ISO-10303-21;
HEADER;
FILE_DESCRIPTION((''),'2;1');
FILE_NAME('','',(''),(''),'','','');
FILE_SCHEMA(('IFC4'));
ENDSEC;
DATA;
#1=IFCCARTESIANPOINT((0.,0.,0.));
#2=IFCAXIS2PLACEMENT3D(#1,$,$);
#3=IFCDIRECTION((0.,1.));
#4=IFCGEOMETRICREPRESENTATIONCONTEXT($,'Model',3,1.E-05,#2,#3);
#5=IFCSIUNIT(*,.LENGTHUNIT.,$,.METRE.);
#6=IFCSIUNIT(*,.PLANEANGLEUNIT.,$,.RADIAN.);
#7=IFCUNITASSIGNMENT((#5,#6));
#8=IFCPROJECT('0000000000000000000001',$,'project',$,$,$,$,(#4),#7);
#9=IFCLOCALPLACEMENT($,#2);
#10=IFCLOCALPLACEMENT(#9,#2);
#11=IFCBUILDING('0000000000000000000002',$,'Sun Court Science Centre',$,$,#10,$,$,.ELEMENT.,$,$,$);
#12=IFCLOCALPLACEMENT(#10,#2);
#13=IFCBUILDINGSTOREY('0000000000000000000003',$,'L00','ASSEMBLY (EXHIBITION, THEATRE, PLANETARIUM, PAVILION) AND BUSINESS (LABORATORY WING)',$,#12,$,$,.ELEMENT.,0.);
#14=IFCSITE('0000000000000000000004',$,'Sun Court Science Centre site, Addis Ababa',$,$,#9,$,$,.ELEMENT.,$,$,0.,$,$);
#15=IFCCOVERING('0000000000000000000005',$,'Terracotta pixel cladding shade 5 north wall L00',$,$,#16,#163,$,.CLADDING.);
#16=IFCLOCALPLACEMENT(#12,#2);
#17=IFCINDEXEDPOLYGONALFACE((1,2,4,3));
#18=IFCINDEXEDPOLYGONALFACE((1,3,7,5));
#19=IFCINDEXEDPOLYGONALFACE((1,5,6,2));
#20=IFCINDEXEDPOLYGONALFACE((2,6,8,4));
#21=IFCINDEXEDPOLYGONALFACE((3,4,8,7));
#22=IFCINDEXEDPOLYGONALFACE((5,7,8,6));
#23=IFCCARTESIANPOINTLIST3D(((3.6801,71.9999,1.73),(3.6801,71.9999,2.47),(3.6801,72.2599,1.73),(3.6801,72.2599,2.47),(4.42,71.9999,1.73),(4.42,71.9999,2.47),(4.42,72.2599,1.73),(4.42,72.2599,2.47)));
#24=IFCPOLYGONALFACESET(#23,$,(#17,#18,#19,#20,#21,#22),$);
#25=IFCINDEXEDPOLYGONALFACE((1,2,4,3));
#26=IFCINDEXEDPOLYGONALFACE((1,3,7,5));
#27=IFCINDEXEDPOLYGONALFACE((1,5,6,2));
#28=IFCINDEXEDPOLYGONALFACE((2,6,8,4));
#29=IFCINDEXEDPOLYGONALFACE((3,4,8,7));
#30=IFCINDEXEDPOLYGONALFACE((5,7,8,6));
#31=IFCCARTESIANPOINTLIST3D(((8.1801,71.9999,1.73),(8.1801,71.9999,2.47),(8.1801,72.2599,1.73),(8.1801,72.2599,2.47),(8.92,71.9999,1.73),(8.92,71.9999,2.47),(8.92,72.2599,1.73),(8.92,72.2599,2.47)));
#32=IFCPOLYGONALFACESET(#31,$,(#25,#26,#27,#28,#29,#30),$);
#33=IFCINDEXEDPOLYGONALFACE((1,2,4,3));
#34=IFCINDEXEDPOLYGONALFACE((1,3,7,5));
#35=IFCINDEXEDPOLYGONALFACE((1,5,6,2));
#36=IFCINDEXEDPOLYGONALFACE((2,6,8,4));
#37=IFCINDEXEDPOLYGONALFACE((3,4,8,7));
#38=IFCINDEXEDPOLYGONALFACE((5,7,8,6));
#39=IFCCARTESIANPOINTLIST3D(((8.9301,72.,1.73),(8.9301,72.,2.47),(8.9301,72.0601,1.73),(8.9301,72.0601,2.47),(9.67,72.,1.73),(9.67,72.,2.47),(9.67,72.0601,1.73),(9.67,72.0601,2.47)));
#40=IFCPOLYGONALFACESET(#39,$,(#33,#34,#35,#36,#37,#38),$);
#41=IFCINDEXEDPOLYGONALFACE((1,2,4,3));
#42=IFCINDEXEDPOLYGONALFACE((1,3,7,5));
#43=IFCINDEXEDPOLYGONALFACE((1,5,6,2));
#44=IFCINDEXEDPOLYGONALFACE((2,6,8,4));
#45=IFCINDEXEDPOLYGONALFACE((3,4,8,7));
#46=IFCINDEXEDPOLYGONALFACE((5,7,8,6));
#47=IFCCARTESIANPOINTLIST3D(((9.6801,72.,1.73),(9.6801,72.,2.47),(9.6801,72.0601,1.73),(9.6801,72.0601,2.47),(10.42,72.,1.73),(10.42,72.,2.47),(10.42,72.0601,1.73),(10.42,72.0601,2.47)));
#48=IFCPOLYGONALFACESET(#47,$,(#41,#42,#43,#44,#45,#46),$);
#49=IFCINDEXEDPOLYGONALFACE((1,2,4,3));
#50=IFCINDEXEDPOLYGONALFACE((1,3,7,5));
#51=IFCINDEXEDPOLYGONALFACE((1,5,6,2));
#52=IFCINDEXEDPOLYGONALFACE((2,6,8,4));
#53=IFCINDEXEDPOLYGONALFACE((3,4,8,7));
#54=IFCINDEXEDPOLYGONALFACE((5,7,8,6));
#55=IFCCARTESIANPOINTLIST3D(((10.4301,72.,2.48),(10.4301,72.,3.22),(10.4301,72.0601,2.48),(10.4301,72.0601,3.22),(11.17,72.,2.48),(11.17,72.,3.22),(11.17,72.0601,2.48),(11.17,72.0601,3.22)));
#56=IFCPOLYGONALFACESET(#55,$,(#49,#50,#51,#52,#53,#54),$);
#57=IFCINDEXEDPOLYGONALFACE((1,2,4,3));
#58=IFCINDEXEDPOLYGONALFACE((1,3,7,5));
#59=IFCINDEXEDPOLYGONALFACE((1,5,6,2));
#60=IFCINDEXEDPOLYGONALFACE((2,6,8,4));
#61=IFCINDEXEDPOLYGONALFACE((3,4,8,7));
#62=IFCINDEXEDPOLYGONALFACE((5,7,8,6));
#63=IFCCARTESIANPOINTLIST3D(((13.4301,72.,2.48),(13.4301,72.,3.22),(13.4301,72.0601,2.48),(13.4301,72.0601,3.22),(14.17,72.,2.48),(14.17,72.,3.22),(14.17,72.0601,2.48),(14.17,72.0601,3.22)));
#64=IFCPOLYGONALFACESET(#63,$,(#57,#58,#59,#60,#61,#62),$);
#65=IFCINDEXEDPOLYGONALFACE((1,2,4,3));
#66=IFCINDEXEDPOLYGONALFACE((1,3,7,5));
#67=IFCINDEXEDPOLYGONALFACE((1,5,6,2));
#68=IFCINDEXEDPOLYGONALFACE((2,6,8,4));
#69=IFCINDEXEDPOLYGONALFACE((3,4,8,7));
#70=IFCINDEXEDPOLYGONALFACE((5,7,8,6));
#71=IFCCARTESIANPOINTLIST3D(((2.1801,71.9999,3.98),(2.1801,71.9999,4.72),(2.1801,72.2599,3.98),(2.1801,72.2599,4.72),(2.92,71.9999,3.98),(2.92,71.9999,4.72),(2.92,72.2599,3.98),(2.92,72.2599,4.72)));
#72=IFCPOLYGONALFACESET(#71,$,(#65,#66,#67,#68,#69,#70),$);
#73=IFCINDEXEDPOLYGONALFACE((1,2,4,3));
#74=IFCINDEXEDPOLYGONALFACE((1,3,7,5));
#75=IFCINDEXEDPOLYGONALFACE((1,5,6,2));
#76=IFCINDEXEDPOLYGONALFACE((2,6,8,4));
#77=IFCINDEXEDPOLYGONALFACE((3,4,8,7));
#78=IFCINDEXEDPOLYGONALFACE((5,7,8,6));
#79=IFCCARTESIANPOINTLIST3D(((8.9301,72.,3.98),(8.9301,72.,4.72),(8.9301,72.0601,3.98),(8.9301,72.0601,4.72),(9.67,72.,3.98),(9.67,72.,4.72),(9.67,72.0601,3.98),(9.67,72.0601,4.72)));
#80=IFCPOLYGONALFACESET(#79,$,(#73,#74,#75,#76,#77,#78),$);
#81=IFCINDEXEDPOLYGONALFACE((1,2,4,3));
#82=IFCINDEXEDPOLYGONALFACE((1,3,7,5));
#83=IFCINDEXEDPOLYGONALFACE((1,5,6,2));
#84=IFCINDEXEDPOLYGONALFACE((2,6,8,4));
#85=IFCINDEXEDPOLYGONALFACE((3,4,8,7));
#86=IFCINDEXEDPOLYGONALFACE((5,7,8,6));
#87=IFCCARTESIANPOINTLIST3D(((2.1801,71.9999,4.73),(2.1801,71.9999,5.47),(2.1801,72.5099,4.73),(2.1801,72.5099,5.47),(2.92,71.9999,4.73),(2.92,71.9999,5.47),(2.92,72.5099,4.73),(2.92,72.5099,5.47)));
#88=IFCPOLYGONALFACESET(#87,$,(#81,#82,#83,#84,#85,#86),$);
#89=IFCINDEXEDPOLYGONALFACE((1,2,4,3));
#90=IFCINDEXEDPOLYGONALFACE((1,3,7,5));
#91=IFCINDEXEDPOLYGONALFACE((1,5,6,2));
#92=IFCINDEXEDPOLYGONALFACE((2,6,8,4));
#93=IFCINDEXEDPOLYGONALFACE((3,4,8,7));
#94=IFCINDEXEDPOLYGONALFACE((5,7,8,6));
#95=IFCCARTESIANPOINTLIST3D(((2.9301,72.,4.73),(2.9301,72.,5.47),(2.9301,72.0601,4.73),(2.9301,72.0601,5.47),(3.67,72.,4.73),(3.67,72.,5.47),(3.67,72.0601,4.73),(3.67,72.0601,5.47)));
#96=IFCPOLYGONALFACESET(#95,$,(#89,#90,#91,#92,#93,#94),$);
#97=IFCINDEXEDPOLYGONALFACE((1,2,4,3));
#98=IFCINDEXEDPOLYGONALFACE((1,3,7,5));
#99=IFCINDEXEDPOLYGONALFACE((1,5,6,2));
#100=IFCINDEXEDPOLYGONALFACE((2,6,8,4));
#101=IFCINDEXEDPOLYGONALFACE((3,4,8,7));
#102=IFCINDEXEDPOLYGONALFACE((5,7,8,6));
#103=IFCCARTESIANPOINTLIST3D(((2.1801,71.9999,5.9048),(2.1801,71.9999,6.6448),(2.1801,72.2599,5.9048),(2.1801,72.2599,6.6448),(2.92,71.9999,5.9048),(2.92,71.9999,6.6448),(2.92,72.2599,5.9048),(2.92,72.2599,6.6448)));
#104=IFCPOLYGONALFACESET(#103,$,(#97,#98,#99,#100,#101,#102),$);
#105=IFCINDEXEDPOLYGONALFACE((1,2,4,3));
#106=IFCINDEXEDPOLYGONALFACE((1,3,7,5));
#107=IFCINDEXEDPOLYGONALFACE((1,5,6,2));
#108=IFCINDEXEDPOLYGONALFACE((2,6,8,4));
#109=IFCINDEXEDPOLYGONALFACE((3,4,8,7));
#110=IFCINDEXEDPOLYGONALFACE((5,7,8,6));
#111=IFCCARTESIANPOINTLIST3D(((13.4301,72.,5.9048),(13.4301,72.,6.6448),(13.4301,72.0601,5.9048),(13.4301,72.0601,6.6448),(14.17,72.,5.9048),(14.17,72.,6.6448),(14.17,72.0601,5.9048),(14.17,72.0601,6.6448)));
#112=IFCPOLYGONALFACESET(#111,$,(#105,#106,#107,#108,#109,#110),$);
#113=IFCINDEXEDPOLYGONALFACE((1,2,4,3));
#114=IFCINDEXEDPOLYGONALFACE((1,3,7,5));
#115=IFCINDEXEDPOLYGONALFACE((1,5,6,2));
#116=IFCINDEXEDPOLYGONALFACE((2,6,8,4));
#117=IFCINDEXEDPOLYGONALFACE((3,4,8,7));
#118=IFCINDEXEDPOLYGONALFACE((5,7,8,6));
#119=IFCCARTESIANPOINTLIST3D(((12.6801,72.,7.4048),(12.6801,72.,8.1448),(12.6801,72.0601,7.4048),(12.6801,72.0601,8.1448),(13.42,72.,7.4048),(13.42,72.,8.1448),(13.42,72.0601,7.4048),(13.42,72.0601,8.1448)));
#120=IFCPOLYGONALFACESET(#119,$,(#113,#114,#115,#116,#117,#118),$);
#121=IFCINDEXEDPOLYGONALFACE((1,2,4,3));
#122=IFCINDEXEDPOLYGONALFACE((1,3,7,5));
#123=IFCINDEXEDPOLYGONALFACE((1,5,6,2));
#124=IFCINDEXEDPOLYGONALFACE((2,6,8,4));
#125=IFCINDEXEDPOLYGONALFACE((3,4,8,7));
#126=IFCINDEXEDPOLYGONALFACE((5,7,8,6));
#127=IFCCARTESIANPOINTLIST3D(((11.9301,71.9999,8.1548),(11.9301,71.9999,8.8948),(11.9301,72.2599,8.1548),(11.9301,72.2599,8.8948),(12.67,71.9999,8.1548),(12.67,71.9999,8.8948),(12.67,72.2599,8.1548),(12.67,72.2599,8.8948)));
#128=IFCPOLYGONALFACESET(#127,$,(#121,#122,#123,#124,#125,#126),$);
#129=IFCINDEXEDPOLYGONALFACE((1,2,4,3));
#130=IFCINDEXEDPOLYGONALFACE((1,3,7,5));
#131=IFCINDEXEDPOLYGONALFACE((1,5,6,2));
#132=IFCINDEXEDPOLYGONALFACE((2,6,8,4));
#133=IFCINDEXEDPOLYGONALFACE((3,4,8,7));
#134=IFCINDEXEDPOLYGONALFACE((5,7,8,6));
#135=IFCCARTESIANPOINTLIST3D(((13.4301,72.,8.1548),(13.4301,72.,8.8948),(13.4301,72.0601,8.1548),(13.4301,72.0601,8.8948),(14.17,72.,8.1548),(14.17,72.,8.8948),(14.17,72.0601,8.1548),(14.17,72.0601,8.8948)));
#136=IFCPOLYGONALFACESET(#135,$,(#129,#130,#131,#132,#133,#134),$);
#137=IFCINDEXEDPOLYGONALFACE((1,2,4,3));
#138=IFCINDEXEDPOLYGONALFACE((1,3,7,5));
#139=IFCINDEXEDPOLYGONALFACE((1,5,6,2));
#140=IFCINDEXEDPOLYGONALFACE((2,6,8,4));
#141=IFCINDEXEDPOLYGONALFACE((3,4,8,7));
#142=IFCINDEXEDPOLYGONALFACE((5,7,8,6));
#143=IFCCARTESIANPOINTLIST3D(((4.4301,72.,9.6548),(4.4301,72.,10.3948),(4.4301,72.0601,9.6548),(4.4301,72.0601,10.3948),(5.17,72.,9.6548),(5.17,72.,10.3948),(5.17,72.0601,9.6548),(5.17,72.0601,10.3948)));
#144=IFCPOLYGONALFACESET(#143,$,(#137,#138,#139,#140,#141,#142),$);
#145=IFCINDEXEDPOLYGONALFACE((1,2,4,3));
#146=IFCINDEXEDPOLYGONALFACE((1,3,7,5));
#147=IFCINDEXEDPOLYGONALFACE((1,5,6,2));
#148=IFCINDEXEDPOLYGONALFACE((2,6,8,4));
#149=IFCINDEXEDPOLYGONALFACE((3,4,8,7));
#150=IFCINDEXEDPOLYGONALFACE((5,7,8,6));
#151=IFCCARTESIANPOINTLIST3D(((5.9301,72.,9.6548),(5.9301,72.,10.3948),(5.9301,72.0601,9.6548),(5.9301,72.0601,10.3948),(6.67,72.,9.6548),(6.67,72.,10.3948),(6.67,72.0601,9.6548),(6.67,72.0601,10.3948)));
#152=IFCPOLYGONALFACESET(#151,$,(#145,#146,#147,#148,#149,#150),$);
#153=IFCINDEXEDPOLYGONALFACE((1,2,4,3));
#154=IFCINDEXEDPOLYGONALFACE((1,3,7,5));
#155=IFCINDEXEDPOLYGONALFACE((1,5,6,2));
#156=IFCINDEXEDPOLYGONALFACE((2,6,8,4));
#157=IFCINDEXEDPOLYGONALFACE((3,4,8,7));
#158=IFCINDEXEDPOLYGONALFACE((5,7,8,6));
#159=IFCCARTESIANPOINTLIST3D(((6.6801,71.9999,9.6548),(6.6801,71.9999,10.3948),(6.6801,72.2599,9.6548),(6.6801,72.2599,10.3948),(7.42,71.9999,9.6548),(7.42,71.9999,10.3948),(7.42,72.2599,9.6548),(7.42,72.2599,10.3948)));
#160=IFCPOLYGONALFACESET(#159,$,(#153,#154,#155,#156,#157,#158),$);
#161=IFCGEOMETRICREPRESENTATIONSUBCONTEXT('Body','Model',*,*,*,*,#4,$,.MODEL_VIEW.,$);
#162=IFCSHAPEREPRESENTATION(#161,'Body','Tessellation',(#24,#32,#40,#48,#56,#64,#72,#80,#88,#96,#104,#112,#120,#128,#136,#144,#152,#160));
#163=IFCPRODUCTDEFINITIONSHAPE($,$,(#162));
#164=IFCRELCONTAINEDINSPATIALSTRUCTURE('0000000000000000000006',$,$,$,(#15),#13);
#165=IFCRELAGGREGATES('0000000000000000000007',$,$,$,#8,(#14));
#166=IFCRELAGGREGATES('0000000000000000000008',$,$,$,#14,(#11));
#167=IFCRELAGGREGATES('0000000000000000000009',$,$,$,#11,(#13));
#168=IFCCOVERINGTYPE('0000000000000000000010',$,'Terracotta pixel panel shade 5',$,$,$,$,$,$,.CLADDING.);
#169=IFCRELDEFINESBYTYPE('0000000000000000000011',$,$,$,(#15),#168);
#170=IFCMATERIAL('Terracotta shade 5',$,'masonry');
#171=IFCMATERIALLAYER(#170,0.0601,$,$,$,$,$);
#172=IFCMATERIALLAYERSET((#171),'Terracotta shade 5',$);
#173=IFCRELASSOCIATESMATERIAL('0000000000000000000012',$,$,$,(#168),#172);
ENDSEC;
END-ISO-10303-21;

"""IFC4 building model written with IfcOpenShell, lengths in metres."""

from ifc_helpers import new_model, si_unit, direction, frame, origin, origin_2d, place, context, subcontext, project, spatial, rectangle, extrude, material, layer, layer_set, type_object, element, save


model = new_model("IFC4")

# Units and contexts
model_context = context("Model", 3, precision=1e-05, world=origin(), true_north=direction((0.0, 1.0)))
body_context = subcontext(model_context, "Body", "Model", "MODEL_VIEW")
ifc_project = project(units=[si_unit("LENGTHUNIT", "METRE"), si_unit("PLANEANGLEUNIT", "RADIAN")], contexts=[model_context])

# Site, building, storey
site_placement = place(None, origin())
site = spatial("IfcSite", under=ifc_project, at=site_placement, Name="Sun Court Science Centre site, Addis Ababa", CompositionType="ELEMENT", RefElevation=0.0)
building_placement = place(site_placement, origin())
building = spatial("IfcBuilding", under=site, at=building_placement, Name="Sun Court Science Centre", CompositionType="ELEMENT")
storey_placement = place(building_placement, origin())
storey = spatial("IfcBuildingStorey", under=building, at=storey_placement, Name="L00", Description="ASSEMBLY (EXHIBITION, THEATRE, PLANETARIUM, PAVILION) AND BUSINESS (LABORATORY WING)", CompositionType="ELEMENT", Elevation=0.0)

# Covering
ifc_material_1 = material(Name="Terracotta shade 5", Category="masonry")
ifc_layer_1 = layer(ifc_material_1, 0.0601)
ifc_layer_set_1 = layer_set([ifc_layer_1], Name="Terracotta shade 5")
covering_type_1 = type_object("IfcCoveringType", Name="Terracotta pixel panel shade 5", PredefinedType="CLADDING", material=ifc_layer_set_1)
covering_1_placement = place(storey_placement, origin())
element("IfcCovering", 1, at=covering_1_placement, inside=storey, type_object=covering_type_1, Name="Terracotta pixel cladding shade 5 north wall L00", PredefinedType="CLADDING", context=body_context, shape_type="SweptSolid", body=[
    extrude(rectangle(XDim=0.74, YDim=0.26, at=origin_2d()), frame((4.05, 72.1299, 1.73), z_axis=(0.0, 0.0, 1.0), x_axis=(1.0, 0.0, 0.0)), (0.0, 0.0, 1.0), 0.74),
    extrude(rectangle(XDim=0.74, YDim=0.26, at=origin_2d()), frame((8.55, 72.1299, 1.73), z_axis=(0.0, 0.0, 1.0), x_axis=(1.0, 0.0, 0.0)), (0.0, 0.0, 1.0), 0.74),
    extrude(rectangle(XDim=0.74, YDim=0.0601, at=origin_2d()), frame((9.3, 72.03, 1.73), z_axis=(0.0, 0.0, 1.0), x_axis=(1.0, 0.0, 0.0)), (0.0, 0.0, 1.0), 0.74),
    extrude(rectangle(XDim=0.74, YDim=0.0601, at=origin_2d()), frame((10.05, 72.03, 1.73), z_axis=(0.0, 0.0, 1.0), x_axis=(1.0, 0.0, 0.0)), (0.0, 0.0, 1.0), 0.74),
    extrude(rectangle(XDim=0.74, YDim=0.0601, at=origin_2d()), frame((10.8, 72.03, 2.48), z_axis=(0.0, 0.0, 1.0), x_axis=(1.0, 0.0, 0.0)), (0.0, 0.0, 1.0), 0.74),
    extrude(rectangle(XDim=0.74, YDim=0.0601, at=origin_2d()), frame((13.8, 72.03, 2.48), z_axis=(0.0, 0.0, 1.0), x_axis=(1.0, 0.0, 0.0)), (0.0, 0.0, 1.0), 0.74),
    extrude(rectangle(XDim=0.74, YDim=0.26, at=origin_2d()), frame((2.55, 72.1299, 3.98), z_axis=(0.0, 0.0, 1.0), x_axis=(1.0, 0.0, 0.0)), (0.0, 0.0, 1.0), 0.74),
    extrude(rectangle(XDim=0.74, YDim=0.0601, at=origin_2d()), frame((9.3, 72.03, 3.98), z_axis=(0.0, 0.0, 1.0), x_axis=(1.0, 0.0, 0.0)), (0.0, 0.0, 1.0), 0.74),
    extrude(rectangle(XDim=0.74, YDim=0.51, at=origin_2d()), frame((2.55, 72.2549, 4.73), z_axis=(0.0, 0.0, 1.0), x_axis=(1.0, 0.0, 0.0)), (0.0, 0.0, 1.0), 0.74),
    extrude(rectangle(XDim=0.74, YDim=0.0601, at=origin_2d()), frame((3.3, 72.03, 4.73), z_axis=(0.0, 0.0, 1.0), x_axis=(1.0, 0.0, 0.0)), (0.0, 0.0, 1.0), 0.74),
    extrude(rectangle(XDim=0.74, YDim=0.26, at=origin_2d()), frame((2.55, 72.1299, 5.9048), z_axis=(0.0, 0.0, 1.0), x_axis=(1.0, 0.0, 0.0)), (0.0, 0.0, 1.0), 0.74),
    extrude(rectangle(XDim=0.74, YDim=0.0601, at=origin_2d()), frame((13.8, 72.03, 5.9048), z_axis=(0.0, 0.0, 1.0), x_axis=(1.0, 0.0, 0.0)), (0.0, 0.0, 1.0), 0.74),
    extrude(rectangle(XDim=0.74, YDim=0.0601, at=origin_2d()), frame((13.05, 72.03, 7.4048), z_axis=(0.0, 0.0, 1.0), x_axis=(1.0, 0.0, 0.0)), (0.0, 0.0, 1.0), 0.74),
    extrude(rectangle(XDim=0.74, YDim=0.26, at=origin_2d()), frame((12.3, 72.1299, 8.1548), z_axis=(0.0, 0.0, 1.0), x_axis=(1.0, 0.0, 0.0)), (0.0, 0.0, 1.0), 0.74),
    extrude(rectangle(XDim=0.74, YDim=0.0601, at=origin_2d()), frame((13.8, 72.03, 8.1548), z_axis=(0.0, 0.0, 1.0), x_axis=(1.0, 0.0, 0.0)), (0.0, 0.0, 1.0), 0.74),
    extrude(rectangle(XDim=0.74, YDim=0.0601, at=origin_2d()), frame((4.8, 72.03, 9.6548), z_axis=(0.0, 0.0, 1.0), x_axis=(1.0, 0.0, 0.0)), (0.0, 0.0, 1.0), 0.74),
    extrude(rectangle(XDim=0.74, YDim=0.0601, at=origin_2d()), frame((6.3, 72.03, 9.6548), z_axis=(0.0, 0.0, 1.0), x_axis=(1.0, 0.0, 0.0)), (0.0, 0.0, 1.0), 0.74),
    extrude(rectangle(XDim=0.74, YDim=0.26, at=origin_2d()), frame((7.05, 72.1299, 9.6548), z_axis=(0.0, 0.0, 1.0), x_axis=(1.0, 0.0, 0.0)), (0.0, 0.0, 1.0), 0.74),
])

save(model, "model.ifc")
